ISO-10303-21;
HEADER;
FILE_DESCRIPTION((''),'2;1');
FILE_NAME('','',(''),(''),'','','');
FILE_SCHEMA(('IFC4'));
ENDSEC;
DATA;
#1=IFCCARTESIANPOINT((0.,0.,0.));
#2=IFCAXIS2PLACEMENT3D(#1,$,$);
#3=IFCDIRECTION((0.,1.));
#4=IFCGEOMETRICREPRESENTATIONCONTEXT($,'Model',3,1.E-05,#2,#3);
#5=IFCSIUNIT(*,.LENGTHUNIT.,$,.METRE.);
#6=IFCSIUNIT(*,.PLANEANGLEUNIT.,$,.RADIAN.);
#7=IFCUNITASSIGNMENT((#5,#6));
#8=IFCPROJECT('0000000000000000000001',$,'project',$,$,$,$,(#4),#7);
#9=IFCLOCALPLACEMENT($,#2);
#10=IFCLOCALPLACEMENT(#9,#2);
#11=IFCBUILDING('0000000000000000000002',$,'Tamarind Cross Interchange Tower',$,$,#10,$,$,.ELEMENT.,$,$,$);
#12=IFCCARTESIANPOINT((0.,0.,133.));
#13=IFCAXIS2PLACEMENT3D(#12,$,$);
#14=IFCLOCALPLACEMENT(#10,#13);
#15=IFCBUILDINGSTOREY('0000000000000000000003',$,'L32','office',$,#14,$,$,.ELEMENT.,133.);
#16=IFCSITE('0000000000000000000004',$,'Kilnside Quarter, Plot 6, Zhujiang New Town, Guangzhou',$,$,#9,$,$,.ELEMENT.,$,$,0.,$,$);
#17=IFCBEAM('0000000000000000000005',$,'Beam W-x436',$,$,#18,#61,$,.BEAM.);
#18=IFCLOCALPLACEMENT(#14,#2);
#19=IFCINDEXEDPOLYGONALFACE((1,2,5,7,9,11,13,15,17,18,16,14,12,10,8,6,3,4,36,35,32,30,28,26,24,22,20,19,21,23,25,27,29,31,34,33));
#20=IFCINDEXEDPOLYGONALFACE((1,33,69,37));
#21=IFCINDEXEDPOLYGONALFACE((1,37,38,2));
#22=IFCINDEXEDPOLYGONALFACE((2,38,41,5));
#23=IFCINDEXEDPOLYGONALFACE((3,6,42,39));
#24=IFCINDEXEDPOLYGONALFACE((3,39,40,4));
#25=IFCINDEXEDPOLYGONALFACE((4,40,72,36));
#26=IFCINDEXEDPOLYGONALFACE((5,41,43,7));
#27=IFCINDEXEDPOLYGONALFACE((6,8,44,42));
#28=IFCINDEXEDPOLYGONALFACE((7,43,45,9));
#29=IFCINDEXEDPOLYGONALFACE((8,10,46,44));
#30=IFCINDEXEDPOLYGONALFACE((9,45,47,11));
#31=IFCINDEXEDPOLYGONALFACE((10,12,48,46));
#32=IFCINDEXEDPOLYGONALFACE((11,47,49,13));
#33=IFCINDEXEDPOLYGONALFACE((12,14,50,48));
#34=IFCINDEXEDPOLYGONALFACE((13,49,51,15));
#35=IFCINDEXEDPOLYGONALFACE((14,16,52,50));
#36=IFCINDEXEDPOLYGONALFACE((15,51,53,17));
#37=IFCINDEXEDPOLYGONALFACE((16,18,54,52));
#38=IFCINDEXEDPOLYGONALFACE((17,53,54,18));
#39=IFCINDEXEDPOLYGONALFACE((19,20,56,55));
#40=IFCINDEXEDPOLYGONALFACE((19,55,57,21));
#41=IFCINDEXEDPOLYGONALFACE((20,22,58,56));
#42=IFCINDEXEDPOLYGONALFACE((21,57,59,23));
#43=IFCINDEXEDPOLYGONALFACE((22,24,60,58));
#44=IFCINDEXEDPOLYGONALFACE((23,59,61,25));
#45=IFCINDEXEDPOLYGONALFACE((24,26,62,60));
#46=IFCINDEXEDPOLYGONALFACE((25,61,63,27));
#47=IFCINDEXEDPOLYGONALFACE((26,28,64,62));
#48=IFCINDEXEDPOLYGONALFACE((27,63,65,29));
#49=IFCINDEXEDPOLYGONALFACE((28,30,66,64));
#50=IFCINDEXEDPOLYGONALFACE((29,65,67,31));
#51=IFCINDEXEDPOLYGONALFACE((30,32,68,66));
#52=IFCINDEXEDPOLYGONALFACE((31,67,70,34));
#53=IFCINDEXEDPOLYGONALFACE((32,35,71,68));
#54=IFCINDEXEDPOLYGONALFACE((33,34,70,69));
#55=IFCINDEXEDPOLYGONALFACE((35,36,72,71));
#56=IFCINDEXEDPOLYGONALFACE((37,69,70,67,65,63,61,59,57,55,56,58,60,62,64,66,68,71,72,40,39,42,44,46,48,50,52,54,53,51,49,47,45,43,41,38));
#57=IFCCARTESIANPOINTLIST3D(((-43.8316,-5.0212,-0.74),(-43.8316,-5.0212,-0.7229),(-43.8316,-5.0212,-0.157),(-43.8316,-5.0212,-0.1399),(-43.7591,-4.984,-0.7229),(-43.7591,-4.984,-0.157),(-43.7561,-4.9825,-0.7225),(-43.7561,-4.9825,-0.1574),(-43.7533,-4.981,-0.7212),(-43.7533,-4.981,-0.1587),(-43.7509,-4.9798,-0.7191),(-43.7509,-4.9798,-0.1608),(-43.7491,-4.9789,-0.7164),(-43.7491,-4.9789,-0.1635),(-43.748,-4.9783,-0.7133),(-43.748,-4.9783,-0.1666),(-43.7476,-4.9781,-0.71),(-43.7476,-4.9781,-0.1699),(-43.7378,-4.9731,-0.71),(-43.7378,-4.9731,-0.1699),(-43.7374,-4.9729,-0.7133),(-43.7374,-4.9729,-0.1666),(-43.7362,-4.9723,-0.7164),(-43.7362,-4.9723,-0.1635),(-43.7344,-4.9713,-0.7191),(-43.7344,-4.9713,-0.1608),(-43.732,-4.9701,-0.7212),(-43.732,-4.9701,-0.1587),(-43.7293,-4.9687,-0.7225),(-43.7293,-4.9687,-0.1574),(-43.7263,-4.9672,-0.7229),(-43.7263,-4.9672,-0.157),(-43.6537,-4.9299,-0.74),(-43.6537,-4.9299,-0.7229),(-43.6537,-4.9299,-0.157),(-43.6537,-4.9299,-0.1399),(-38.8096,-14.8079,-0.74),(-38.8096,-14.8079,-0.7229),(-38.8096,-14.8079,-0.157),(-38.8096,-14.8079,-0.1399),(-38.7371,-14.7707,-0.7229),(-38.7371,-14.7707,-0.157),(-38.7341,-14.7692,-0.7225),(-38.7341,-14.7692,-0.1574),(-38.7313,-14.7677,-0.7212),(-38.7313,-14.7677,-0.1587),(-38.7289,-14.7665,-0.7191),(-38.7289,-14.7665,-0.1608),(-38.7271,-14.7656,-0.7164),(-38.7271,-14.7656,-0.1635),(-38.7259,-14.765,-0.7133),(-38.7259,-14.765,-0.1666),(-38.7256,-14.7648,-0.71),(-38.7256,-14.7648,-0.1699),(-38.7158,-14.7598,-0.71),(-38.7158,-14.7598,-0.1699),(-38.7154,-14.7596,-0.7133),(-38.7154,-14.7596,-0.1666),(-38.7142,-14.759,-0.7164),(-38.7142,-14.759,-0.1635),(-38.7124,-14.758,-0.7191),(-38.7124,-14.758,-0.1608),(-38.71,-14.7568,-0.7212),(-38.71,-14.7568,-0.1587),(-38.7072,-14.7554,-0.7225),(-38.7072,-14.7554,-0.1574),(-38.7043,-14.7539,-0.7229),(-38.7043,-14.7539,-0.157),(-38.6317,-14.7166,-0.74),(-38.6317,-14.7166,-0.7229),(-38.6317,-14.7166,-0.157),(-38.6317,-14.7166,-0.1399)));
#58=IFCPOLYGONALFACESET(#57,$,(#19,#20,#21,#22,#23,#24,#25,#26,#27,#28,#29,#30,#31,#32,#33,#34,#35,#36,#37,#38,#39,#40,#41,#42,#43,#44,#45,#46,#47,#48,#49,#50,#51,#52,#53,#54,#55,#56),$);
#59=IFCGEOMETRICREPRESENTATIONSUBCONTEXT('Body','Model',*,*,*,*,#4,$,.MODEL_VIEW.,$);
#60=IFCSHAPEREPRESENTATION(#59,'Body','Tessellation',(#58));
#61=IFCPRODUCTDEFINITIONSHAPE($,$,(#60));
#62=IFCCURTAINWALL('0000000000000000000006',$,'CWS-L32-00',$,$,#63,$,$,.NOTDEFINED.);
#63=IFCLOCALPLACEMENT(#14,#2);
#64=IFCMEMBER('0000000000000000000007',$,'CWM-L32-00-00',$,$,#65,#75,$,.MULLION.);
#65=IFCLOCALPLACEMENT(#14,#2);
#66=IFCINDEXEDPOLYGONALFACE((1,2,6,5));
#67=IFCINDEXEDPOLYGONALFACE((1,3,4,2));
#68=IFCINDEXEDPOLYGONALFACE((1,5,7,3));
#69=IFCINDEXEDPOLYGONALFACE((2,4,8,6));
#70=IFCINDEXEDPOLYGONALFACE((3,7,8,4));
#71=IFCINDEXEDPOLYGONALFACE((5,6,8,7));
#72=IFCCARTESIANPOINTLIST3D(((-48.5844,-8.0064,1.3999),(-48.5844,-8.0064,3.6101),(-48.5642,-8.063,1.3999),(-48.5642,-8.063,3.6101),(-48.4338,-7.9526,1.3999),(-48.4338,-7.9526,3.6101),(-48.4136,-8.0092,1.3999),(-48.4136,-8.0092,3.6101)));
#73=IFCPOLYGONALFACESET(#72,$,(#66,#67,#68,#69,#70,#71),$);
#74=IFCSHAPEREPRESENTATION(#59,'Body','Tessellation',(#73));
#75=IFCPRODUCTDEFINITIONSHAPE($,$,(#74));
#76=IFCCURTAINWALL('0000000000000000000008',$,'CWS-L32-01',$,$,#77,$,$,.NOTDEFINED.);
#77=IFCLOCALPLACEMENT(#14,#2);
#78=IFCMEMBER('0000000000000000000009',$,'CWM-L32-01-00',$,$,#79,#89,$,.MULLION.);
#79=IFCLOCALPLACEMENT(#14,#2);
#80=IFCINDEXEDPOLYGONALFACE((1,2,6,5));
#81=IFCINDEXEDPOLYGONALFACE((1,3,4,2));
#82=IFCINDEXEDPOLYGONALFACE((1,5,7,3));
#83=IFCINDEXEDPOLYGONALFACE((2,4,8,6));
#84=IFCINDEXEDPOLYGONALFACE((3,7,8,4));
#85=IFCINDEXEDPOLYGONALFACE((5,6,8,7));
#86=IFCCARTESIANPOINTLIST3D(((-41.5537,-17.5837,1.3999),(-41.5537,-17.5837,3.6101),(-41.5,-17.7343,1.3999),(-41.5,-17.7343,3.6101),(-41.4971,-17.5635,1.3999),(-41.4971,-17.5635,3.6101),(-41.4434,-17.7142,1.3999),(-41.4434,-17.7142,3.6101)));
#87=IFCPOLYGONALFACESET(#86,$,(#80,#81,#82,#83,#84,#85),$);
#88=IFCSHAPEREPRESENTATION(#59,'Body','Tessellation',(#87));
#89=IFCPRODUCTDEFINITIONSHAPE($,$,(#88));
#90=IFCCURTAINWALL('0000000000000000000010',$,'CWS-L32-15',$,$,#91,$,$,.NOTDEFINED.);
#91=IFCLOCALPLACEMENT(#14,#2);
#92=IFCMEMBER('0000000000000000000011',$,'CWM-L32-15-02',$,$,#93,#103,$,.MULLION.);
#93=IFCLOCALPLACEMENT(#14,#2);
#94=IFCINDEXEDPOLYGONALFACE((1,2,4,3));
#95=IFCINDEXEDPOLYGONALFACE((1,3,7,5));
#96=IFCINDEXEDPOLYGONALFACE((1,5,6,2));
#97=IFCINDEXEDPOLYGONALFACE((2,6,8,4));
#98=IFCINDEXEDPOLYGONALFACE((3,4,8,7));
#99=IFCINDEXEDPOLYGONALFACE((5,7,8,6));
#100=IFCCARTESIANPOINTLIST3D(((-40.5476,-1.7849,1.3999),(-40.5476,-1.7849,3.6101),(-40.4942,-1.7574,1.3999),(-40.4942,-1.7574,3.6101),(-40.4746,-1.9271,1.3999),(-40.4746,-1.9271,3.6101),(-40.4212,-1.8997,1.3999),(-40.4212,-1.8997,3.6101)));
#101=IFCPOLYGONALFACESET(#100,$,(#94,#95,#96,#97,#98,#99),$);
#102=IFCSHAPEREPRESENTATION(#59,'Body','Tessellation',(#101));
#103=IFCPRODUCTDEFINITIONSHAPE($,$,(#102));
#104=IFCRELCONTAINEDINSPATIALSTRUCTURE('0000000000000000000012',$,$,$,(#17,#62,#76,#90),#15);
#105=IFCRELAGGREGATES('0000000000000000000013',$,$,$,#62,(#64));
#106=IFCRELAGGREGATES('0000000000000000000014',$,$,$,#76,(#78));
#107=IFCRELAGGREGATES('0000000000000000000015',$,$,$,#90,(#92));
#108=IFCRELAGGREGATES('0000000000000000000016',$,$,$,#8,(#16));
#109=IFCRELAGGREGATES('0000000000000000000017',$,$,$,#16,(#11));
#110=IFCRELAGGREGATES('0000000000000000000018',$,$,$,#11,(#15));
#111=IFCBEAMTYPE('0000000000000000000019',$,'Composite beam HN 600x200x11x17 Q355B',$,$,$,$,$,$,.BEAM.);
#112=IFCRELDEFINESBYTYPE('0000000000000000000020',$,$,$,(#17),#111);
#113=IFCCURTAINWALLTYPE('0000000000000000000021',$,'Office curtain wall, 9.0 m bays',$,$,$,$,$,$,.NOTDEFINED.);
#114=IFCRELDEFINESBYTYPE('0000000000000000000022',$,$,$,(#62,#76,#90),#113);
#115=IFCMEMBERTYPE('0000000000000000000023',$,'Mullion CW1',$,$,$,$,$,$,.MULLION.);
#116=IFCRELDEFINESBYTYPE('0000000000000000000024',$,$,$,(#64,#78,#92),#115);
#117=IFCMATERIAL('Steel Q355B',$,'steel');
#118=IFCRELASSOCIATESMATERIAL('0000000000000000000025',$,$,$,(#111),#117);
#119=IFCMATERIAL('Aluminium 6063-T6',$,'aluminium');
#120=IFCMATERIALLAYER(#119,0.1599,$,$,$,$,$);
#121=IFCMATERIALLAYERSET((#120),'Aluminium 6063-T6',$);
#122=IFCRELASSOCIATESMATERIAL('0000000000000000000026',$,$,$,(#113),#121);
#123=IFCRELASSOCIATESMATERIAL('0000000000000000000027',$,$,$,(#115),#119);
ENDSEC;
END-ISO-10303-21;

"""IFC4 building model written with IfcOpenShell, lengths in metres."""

from ifc_helpers import new_model, si_unit, direction, frame, origin, origin_2d, place, context, subcontext, project, spatial, rectangle, i_section, extrude, material, layer, layer_set, material_profile, profile_set, type_object, element, aggregate, save


model = new_model("IFC4")

# Units and contexts
model_context = context("Model", 3, precision=1e-05, world=origin(), true_north=direction((0.0, 1.0)))
body_context = subcontext(model_context, "Body", "Model", "MODEL_VIEW")
ifc_project = project(units=[si_unit("LENGTHUNIT", "METRE"), si_unit("PLANEANGLEUNIT", "RADIAN")], contexts=[model_context])

# Site, building, storey
site_placement = place(None, origin())
site = spatial("IfcSite", under=ifc_project, at=site_placement, Name="Kilnside Quarter, Plot 6, Zhujiang New Town, Guangzhou", CompositionType="ELEMENT", RefElevation=0.0)
building_placement = place(site_placement, origin())
building = spatial("IfcBuilding", under=site, at=building_placement, Name="Tamarind Cross Interchange Tower", CompositionType="ELEMENT")
storey_placement = place(building_placement, frame((0.0, 0.0, 133.0)))
storey = spatial("IfcBuildingStorey", under=building, at=storey_placement, Name="L32", Description="office", CompositionType="ELEMENT", Elevation=133.0)

# Beam
ifc_material_1 = material(Name="Steel Q355B", Category="steel")
ifc_material_profile_1 = material_profile(ifc_material_1, i_section(OverallWidth=0.2, OverallDepth=0.6001, WebThickness=0.011, FlangeThickness=0.0171, FilletRadius=0.0129, at=origin_2d()), Name="HN 600x200x11x17")
ifc_profile_set_1 = profile_set([ifc_material_profile_1], Name="Steel Q355B")
beam_type_1 = type_object("IfcBeamType", Name="Composite beam HN 600x200x11x17 Q355B", PredefinedType="BEAM", material=ifc_profile_set_1)
for number, where, z_axis, x_axis, name in (
    (1, (-43.7427, -4.9756, -0.4399), (0.456546, -0.8897, 0.0), (0.8897, 0.456546, 0.0), "Beam W-x436"),
):
    element("IfcBeam", number, at=place(storey_placement, frame(where, z_axis=z_axis, x_axis=x_axis)), inside=storey, type_object=beam_type_1, Name=name, PredefinedType="BEAM", context=body_context, shape_type="SweptSolid", body=[
        extrude(i_section(OverallWidth=0.2, OverallDepth=0.6001, WebThickness=0.011, FlangeThickness=0.0171, FilletRadius=0.0129, at=origin_2d()), origin(), (0.0, 0.0, 1.0), 11.0),
    ])

# Curtain walls, members
ifc_material_2 = material(Name="Aluminium 6063-T6", Category="aluminium")
ifc_layer = layer(ifc_material_2, 0.1599)
ifc_layer_set = layer_set([ifc_layer], Name="Aluminium 6063-T6")
curtain_wall_type = type_object("IfcCurtainWallType", Name="Office curtain wall, 9.0 m bays", PredefinedType="NOTDEFINED", material=ifc_layer_set)
curtain_wall_1_placement = place(storey_placement, origin())
curtain_wall_1 = element("IfcCurtainWall", 2, at=curtain_wall_1_placement, inside=storey, type_object=curtain_wall_type, Name="CWS-L32-00", PredefinedType="NOTDEFINED")
ifc_material_profile_2 = material_profile(ifc_material_2, rectangle(XDim=0.0601, YDim=0.1599, at=origin_2d()), Name="Mullion CW1")
ifc_profile_set_2 = profile_set([ifc_material_profile_2], Name="Aluminium 6063-T6")
member_type = type_object("IfcMemberType", Name="Mullion CW1", PredefinedType="MULLION", material=ifc_profile_set_2)
member_1_placement = place(storey_placement, frame((-48.499, -8.0078, 1.3999), z_axis=(0.0, 0.0, 1.0), x_axis=(0.336517, -0.941677, 0.0)))
member_1 = element("IfcMember", 3, at=member_1_placement, type_object=member_type, Name="CWM-L32-00-00", PredefinedType="MULLION", context=body_context, shape_type="SweptSolid", body=[
    extrude(rectangle(XDim=0.0601, YDim=0.1599, at=origin_2d()), origin(), (0.0, 0.0, 1.0), 2.2102),
])
aggregate(curtain_wall_1, [member_1])
curtain_wall_2_placement = place(storey_placement, origin())
curtain_wall_2 = element("IfcCurtainWall", 4, at=curtain_wall_2_placement, inside=storey, type_object=curtain_wall_type, Name="CWS-L32-01", PredefinedType="NOTDEFINED")
member_2_placement = place(storey_placement, frame((-41.4985, -17.6489, 1.3999), z_axis=(0.0, 0.0, 1.0), x_axis=(0.941999, 0.335615, 0.0)))
member_2 = element("IfcMember", 5, at=member_2_placement, type_object=member_type, Name="CWM-L32-01-00", PredefinedType="MULLION", context=body_context, shape_type="SweptSolid", body=[
    extrude(rectangle(XDim=0.0601, YDim=0.1599, at=origin_2d()), origin(), (0.0, 0.0, 1.0), 2.2102),
])
aggregate(curtain_wall_2, [member_2])
curtain_wall_3_placement = place(storey_placement, origin())
curtain_wall_3 = element("IfcCurtainWall", 6, at=curtain_wall_3_placement, inside=storey, type_object=curtain_wall_type, Name="CWS-L32-15", PredefinedType="NOTDEFINED")
member_3_placement = place(storey_placement, frame((-40.4844, -1.8423, 1.3999), z_axis=(0.0, 0.0, 1.0), x_axis=(-0.889697, -0.456551, 0.0)))
member_3 = element("IfcMember", 7, at=member_3_placement, type_object=member_type, Name="CWM-L32-15-02", PredefinedType="MULLION", context=body_context, shape_type="SweptSolid", body=[
    extrude(rectangle(XDim=0.0601, YDim=0.1599, at=origin_2d()), origin(), (0.0, 0.0, 1.0), 2.2102),
])
aggregate(curtain_wall_3, [member_3])

save(model, "model.ifc")
